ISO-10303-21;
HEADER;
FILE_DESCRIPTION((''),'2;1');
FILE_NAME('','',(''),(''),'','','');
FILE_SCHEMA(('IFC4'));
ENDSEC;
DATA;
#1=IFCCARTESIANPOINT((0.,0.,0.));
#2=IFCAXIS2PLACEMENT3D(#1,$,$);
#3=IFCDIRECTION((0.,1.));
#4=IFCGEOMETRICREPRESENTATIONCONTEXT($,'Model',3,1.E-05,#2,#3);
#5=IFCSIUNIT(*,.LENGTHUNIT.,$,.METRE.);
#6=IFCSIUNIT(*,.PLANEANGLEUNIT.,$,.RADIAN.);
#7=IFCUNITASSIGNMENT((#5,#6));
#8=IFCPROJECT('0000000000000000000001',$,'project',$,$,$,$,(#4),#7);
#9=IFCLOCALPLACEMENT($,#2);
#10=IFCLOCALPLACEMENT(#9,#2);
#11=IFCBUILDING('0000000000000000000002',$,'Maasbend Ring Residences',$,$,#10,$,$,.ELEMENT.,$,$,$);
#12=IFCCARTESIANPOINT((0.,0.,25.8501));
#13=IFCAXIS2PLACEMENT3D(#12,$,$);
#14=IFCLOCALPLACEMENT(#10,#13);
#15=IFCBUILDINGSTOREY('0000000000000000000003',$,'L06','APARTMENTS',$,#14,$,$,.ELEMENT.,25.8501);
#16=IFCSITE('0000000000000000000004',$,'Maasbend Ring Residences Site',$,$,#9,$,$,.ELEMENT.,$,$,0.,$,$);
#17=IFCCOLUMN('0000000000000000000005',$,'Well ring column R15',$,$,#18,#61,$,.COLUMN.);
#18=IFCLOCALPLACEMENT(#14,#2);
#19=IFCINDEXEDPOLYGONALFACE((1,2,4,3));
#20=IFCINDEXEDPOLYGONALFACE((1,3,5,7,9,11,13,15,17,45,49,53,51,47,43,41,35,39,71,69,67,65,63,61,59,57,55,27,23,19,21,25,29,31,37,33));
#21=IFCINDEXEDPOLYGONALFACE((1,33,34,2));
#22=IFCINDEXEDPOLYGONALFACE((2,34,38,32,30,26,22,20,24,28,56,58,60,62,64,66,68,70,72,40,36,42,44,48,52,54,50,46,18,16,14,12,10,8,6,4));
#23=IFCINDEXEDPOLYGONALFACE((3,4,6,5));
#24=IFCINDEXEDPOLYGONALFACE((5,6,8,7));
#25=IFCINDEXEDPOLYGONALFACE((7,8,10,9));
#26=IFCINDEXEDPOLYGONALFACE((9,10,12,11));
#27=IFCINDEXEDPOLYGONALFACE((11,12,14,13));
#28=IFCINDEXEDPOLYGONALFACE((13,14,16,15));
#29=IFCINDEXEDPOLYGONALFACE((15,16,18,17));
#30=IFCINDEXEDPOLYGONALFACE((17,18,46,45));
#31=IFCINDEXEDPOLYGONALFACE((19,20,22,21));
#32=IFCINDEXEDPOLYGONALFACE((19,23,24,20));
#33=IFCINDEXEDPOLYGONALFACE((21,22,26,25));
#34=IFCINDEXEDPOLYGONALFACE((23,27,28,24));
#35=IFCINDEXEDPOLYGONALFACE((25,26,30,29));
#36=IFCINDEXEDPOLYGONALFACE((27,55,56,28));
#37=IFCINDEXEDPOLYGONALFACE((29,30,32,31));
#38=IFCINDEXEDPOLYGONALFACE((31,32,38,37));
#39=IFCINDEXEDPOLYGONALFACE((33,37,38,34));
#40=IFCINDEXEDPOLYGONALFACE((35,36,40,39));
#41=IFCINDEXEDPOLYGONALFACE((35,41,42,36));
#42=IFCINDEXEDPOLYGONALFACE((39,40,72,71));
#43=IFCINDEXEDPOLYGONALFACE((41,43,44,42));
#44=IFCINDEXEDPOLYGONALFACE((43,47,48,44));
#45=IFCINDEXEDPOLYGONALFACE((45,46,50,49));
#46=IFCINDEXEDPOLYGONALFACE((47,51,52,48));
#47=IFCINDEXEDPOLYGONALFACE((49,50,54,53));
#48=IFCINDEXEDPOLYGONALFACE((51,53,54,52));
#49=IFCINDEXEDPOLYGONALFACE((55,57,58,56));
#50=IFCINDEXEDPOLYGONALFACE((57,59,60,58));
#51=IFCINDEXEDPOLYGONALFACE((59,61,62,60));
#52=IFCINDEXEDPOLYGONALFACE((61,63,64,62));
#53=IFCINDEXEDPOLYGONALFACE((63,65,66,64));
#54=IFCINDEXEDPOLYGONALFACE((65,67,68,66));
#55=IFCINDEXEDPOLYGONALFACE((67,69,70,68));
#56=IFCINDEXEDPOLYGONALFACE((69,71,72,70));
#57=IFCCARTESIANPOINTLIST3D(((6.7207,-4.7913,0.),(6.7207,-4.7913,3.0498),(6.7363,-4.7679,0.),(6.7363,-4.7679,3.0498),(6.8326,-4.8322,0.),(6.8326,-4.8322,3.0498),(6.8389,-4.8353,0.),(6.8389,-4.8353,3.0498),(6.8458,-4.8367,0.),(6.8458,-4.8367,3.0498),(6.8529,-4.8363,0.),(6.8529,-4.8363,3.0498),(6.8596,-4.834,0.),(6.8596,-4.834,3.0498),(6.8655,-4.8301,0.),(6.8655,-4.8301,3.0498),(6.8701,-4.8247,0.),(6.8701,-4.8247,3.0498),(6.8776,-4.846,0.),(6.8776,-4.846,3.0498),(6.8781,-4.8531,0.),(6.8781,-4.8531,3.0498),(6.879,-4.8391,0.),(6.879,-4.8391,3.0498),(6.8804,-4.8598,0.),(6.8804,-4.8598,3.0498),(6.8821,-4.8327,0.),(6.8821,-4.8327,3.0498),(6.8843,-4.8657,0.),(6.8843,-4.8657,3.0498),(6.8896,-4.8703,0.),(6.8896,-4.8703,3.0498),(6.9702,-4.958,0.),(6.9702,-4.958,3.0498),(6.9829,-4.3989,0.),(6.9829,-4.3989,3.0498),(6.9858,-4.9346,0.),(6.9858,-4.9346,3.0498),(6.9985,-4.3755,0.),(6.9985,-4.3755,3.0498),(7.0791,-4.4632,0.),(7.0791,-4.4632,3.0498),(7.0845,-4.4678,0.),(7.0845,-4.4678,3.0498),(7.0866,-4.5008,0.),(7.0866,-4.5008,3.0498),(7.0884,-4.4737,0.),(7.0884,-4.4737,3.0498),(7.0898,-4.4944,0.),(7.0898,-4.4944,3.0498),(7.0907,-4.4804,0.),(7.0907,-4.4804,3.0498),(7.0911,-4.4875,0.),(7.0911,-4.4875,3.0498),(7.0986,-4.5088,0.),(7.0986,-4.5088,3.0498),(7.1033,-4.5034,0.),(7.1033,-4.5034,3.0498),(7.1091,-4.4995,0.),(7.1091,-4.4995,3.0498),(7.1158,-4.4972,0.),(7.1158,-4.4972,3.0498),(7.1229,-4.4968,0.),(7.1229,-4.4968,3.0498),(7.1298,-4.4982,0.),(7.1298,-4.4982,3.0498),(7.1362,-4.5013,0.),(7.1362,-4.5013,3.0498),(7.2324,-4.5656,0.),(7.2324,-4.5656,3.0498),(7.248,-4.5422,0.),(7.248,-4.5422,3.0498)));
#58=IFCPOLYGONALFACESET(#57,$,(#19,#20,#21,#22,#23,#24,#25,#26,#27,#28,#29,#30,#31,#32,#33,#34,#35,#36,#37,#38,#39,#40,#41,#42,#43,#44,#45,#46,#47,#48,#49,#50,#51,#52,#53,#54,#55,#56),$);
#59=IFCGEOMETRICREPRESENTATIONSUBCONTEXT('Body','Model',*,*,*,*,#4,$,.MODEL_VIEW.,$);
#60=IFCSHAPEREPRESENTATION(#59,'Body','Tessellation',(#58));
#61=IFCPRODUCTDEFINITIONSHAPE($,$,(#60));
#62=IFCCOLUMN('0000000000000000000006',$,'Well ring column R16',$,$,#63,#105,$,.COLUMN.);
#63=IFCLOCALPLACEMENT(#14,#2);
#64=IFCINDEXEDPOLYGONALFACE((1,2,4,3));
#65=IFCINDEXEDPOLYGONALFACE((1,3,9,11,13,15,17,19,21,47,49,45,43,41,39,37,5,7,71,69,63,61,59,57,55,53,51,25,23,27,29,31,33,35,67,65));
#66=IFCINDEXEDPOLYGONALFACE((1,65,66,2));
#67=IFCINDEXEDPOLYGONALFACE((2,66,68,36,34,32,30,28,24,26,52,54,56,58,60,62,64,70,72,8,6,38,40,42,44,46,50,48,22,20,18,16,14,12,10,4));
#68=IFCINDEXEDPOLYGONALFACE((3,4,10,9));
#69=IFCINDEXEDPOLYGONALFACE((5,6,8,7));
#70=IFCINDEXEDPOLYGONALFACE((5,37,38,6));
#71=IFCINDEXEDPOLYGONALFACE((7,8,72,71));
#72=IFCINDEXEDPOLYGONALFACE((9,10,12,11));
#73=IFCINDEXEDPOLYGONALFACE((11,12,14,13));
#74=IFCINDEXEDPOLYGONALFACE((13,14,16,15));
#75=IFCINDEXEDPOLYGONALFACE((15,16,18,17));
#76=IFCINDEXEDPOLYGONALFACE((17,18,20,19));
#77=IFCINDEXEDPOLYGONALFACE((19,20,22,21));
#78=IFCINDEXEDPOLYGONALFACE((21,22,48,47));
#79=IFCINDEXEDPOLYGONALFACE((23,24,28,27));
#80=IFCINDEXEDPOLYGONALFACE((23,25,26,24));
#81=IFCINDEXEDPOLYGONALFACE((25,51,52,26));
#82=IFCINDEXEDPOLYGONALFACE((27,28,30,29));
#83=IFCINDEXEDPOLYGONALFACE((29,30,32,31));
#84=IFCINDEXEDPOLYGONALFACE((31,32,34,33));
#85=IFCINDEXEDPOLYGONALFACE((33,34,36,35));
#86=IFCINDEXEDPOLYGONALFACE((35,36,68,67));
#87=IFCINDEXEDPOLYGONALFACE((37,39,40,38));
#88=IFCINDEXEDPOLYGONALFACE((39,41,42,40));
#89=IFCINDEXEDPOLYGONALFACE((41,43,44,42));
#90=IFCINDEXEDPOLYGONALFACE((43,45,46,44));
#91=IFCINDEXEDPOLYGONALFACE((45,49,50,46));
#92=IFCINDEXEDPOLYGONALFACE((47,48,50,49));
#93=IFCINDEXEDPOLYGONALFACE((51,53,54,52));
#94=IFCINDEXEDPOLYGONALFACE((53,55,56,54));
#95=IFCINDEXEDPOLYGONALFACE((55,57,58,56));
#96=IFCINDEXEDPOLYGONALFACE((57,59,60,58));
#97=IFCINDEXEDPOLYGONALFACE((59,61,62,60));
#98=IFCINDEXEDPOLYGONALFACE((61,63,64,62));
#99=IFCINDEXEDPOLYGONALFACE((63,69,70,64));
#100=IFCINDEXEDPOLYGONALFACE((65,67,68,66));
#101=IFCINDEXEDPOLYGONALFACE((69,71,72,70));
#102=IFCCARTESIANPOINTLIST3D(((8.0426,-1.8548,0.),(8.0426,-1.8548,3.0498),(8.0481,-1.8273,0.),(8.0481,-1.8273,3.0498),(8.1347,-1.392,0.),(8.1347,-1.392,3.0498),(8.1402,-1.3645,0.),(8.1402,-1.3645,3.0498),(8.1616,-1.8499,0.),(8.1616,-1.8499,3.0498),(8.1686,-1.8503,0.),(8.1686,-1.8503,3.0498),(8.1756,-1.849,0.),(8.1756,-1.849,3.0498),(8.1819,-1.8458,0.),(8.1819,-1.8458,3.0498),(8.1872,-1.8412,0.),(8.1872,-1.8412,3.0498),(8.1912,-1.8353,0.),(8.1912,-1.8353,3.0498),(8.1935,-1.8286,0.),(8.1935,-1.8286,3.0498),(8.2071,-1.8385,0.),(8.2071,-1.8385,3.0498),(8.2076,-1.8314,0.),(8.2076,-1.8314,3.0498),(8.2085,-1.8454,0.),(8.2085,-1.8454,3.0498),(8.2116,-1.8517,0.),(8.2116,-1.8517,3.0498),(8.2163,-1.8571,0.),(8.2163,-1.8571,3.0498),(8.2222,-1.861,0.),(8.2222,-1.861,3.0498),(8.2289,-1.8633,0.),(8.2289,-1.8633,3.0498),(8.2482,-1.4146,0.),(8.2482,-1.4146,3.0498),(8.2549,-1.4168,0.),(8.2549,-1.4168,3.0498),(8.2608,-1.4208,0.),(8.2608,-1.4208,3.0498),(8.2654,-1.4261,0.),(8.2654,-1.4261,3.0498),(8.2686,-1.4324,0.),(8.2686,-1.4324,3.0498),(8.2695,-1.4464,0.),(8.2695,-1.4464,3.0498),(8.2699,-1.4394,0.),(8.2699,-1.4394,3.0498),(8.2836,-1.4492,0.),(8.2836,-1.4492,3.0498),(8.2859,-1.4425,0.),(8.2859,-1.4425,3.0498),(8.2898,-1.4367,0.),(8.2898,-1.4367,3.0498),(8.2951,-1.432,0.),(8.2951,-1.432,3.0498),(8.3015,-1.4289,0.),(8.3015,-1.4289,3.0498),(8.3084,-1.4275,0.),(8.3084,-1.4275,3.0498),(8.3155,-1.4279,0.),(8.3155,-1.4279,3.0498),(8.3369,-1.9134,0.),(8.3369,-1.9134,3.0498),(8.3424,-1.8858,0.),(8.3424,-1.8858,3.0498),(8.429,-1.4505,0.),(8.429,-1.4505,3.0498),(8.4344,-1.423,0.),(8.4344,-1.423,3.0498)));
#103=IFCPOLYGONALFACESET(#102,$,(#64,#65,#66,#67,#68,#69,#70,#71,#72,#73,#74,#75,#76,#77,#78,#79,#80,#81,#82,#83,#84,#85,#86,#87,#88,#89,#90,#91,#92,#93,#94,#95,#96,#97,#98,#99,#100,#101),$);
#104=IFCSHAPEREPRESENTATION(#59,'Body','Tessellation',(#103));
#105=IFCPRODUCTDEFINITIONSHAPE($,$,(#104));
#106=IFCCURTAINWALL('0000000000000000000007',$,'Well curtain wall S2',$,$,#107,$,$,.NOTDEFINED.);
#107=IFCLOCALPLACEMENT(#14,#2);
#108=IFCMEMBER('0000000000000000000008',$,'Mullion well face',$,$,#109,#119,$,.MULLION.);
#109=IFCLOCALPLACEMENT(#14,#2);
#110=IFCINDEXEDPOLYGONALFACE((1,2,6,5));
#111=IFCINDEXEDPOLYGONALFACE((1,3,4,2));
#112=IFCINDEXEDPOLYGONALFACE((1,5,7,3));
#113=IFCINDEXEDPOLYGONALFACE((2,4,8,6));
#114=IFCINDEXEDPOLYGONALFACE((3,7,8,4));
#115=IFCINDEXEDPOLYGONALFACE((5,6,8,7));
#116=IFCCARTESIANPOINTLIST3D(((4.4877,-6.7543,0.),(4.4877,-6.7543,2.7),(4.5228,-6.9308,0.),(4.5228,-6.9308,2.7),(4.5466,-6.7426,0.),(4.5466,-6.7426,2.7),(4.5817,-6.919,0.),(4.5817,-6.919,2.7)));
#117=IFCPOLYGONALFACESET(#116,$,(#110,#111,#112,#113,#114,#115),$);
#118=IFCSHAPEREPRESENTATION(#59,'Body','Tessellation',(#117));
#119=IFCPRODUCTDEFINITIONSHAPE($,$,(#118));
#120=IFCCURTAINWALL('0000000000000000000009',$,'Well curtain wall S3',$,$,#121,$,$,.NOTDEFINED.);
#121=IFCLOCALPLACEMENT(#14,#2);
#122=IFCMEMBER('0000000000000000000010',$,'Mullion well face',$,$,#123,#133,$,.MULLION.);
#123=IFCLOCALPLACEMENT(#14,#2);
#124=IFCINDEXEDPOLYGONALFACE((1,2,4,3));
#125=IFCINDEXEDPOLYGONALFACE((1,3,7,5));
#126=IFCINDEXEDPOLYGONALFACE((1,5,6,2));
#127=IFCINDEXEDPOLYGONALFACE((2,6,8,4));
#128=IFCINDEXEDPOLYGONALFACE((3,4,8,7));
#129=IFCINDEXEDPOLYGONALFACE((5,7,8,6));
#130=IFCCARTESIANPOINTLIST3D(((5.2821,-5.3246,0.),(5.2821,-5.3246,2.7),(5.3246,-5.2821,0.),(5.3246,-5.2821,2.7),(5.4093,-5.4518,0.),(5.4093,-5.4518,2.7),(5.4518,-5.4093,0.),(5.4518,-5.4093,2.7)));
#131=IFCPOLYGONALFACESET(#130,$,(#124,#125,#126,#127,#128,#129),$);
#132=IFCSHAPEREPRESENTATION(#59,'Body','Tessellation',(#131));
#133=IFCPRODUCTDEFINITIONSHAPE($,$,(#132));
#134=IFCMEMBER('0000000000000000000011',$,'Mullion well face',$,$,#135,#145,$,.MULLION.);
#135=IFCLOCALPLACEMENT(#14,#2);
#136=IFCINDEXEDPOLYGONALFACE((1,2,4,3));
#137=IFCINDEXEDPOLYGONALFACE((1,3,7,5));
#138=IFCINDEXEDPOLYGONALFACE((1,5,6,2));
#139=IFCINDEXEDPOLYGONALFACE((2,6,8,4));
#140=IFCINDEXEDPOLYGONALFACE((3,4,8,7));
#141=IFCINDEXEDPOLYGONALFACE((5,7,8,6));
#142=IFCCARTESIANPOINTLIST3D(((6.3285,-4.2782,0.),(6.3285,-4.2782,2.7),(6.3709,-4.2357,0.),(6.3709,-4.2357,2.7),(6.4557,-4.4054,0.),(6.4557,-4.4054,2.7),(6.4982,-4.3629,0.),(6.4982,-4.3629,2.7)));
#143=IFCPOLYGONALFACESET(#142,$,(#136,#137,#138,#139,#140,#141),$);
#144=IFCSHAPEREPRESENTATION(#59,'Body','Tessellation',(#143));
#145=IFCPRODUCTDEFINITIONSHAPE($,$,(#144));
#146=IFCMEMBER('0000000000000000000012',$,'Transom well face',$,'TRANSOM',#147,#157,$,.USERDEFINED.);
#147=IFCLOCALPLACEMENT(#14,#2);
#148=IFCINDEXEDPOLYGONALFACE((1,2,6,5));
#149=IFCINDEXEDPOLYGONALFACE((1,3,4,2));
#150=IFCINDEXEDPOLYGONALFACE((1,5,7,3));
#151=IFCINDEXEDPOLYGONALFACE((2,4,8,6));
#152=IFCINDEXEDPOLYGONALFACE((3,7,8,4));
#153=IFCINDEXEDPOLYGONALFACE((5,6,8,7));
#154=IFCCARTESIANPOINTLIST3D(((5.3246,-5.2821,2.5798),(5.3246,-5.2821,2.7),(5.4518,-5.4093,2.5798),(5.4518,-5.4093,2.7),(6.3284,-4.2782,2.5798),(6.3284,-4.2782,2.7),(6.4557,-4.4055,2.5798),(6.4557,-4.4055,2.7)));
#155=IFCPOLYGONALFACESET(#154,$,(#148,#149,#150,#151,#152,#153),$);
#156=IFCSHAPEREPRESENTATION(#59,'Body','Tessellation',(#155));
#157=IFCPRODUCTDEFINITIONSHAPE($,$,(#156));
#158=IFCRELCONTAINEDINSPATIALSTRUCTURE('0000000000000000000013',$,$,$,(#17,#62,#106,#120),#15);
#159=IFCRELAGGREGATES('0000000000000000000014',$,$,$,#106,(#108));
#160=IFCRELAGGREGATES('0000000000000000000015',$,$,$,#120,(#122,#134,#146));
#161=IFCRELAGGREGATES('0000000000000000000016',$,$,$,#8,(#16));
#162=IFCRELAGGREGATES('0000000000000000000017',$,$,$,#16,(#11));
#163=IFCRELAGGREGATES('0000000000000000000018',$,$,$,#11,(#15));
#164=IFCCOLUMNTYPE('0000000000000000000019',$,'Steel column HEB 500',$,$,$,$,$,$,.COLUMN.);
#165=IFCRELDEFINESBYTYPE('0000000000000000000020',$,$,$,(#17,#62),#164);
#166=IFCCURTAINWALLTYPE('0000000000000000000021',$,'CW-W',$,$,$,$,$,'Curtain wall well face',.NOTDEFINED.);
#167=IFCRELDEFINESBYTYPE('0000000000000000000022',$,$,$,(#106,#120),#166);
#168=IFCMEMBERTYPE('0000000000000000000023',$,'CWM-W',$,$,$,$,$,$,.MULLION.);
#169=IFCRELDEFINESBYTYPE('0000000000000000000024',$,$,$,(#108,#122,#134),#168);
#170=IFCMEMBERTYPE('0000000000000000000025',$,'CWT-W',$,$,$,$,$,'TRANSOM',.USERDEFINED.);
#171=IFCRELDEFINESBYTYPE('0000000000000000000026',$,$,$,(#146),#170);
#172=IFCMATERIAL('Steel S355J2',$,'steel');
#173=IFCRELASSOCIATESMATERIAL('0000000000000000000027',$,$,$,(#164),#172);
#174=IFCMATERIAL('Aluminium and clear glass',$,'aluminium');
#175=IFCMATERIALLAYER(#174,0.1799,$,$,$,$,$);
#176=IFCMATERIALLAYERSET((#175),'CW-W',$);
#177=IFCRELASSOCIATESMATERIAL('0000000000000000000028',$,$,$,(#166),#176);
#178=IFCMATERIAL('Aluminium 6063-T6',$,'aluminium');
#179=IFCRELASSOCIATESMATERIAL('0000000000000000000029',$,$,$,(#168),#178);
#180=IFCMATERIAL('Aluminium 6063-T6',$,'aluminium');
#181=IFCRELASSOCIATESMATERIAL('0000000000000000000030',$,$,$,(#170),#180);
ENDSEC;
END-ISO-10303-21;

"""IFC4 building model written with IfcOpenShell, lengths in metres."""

from ifc_helpers import new_model, si_unit, direction, frame, origin, origin_2d, place, context, subcontext, project, spatial, rectangle, i_section, extrude, material, layer, layer_set, material_profile, profile_set, type_object, element, aggregate, save


model = new_model("IFC4")

# Units and contexts
model_context = context("Model", 3, precision=1e-05, world=origin(), true_north=direction((0.0, 1.0)))
body_context = subcontext(model_context, "Body", "Model", "MODEL_VIEW")
ifc_project = project(units=[si_unit("LENGTHUNIT", "METRE"), si_unit("PLANEANGLEUNIT", "RADIAN")], contexts=[model_context])

# Site, building, storey
site_placement = place(None, origin())
site = spatial("IfcSite", under=ifc_project, at=site_placement, Name="Maasbend Ring Residences Site", CompositionType="ELEMENT", RefElevation=0.0)
building_placement = place(site_placement, origin())
building = spatial("IfcBuilding", under=site, at=building_placement, Name="Maasbend Ring Residences", CompositionType="ELEMENT")
storey_placement = place(building_placement, frame((0.0, 0.0, 25.8501)))
storey = spatial("IfcBuildingStorey", under=building, at=storey_placement, Name="L06", Description="APARTMENTS", CompositionType="ELEMENT", Elevation=25.8501)

# Columns
ifc_material_1 = material(Name="Steel S355J2", Category="steel")
ifc_material_profile_1 = material_profile(ifc_material_1, i_section(OverallWidth=0.3, OverallDepth=0.5, WebThickness=0.0144, FlangeThickness=0.0281, FilletRadius=0.0271, at=origin_2d()), Name="HEB 500")
ifc_profile_set_1 = profile_set([ifc_material_profile_1], Name="Steel S355J2")
column_type = type_object("IfcColumnType", Name="Steel column HEB 500", PredefinedType="COLUMN", material=ifc_profile_set_1)
for number, where, z_axis, x_axis, name in (
    (1, (6.9844, -4.6667, 0.0), (0.0, 0.0, 1.0), (0.83147, -0.55557, 0.0), "Well ring column R15"),
    (2, (8.2385, -1.6389, 0.0), (0.0, 0.0, 1.0), (0.980785, -0.19509, 0.0), "Well ring column R16"),
):
    element("IfcColumn", number, at=place(storey_placement, frame(where, z_axis=z_axis, x_axis=x_axis)), inside=storey, type_object=column_type, Name=name, PredefinedType="COLUMN", context=body_context, shape_type="SweptSolid", body=[
        extrude(i_section(OverallWidth=0.3, OverallDepth=0.5, WebThickness=0.0144, FlangeThickness=0.0281, FilletRadius=0.0271, at=origin_2d()), origin(), (0.0, 0.0, 1.0), 3.0498),
    ])

# Curtain wall, member
ifc_material_2 = material(Name="Aluminium and clear glass", Category="aluminium")
ifc_layer_1 = layer(ifc_material_2, 0.1799)
ifc_layer_set_1 = layer_set([ifc_layer_1], Name="CW-W")
curtain_wall_type = type_object("IfcCurtainWallType", Name="CW-W", ElementType="Curtain wall well face", PredefinedType="NOTDEFINED", material=ifc_layer_set_1)
curtain_wall_1_placement = place(storey_placement, origin())
curtain_wall_1 = element("IfcCurtainWall", 3, at=curtain_wall_1_placement, inside=storey, type_object=curtain_wall_type, Name="Well curtain wall S2", PredefinedType="NOTDEFINED")
ifc_material_3 = material(Name="Aluminium 6063-T6", Category="aluminium")
ifc_material_profile_2 = material_profile(ifc_material_3, rectangle(XDim=0.1799, YDim=0.0601, at=origin_2d()), Name="AL 180x60")
ifc_profile_set_2 = profile_set([ifc_material_profile_2], Name="Aluminium 6063-T6")
member_type_1 = type_object("IfcMemberType", Name="CWM-W", PredefinedType="MULLION", material=ifc_profile_set_2)
member_1_placement = place(storey_placement, frame((4.5347, -6.8367, 0.0), z_axis=(0.0, 0.0, 1.0), x_axis=(-0.19509, 0.980785, 0.0)))
member_1 = element("IfcMember", 4, at=member_1_placement, type_object=member_type_1, Name="Mullion well face", PredefinedType="MULLION", context=body_context, shape_type="SweptSolid", body=[
    extrude(rectangle(XDim=0.1799, YDim=0.0601, at=origin_2d()), origin(), (0.0, 0.0, 1.0), 2.7),
])
aggregate(curtain_wall_1, [member_1])

# Curtain wall, members
curtain_wall_2_placement = place(storey_placement, origin())
curtain_wall_2 = element("IfcCurtainWall", 5, at=curtain_wall_2_placement, inside=storey, type_object=curtain_wall_type, Name="Well curtain wall S3", PredefinedType="NOTDEFINED")
member_2_placement = place(storey_placement, frame((5.3669, -5.3669, 0.0), z_axis=(0.0, 0.0, 1.0), x_axis=(-0.707107, 0.707107, 0.0)))
member_2 = element("IfcMember", 6, at=member_2_placement, type_object=member_type_1, Name="Mullion well face", PredefinedType="MULLION", context=body_context, shape_type="SweptSolid", body=[
    extrude(rectangle(XDim=0.1799, YDim=0.0601, at=origin_2d()), origin(), (0.0, 0.0, 1.0), 2.7),
])
member_3_placement = place(storey_placement, frame((6.4133, -4.3206, 0.0), z_axis=(0.0, 0.0, 1.0), x_axis=(-0.707107, 0.707107, 0.0)))
member_3 = element("IfcMember", 7, at=member_3_placement, type_object=member_type_1, Name="Mullion well face", PredefinedType="MULLION", context=body_context, shape_type="SweptSolid", body=[
    extrude(rectangle(XDim=0.1799, YDim=0.0601, at=origin_2d()), origin(), (0.0, 0.0, 1.0), 2.7),
])
ifc_material_4 = material(Name="Aluminium 6063-T6", Category="aluminium")
ifc_material_profile_3 = material_profile(ifc_material_4, rectangle(XDim=0.1799, YDim=0.1201, at=origin_2d()), Name="AL 180x120")
ifc_profile_set_3 = profile_set([ifc_material_profile_3], Name="Aluminium 6063-T6")
member_type_2 = type_object("IfcMemberType", Name="CWT-W", ElementType="TRANSOM", PredefinedType="USERDEFINED", material=ifc_profile_set_3)
member_4_placement = place(storey_placement, frame((5.3882, -5.3457, 2.6399), z_axis=(0.707107, 0.707107, 0.0), x_axis=(-0.707107, 0.707107, 0.0)))
member_4 = element("IfcMember", 8, at=member_4_placement, type_object=member_type_2, Name="Transom well face", ObjectType="TRANSOM", PredefinedType="USERDEFINED", context=body_context, shape_type="SweptSolid", body=[
    extrude(rectangle(XDim=0.1799, YDim=0.1201, at=origin_2d()), origin(), (0.0, 0.0, 1.0), 1.4197),
])

aggregate(curtain_wall_2, [member_2, member_3, member_4])

save(model, "model.ifc")
